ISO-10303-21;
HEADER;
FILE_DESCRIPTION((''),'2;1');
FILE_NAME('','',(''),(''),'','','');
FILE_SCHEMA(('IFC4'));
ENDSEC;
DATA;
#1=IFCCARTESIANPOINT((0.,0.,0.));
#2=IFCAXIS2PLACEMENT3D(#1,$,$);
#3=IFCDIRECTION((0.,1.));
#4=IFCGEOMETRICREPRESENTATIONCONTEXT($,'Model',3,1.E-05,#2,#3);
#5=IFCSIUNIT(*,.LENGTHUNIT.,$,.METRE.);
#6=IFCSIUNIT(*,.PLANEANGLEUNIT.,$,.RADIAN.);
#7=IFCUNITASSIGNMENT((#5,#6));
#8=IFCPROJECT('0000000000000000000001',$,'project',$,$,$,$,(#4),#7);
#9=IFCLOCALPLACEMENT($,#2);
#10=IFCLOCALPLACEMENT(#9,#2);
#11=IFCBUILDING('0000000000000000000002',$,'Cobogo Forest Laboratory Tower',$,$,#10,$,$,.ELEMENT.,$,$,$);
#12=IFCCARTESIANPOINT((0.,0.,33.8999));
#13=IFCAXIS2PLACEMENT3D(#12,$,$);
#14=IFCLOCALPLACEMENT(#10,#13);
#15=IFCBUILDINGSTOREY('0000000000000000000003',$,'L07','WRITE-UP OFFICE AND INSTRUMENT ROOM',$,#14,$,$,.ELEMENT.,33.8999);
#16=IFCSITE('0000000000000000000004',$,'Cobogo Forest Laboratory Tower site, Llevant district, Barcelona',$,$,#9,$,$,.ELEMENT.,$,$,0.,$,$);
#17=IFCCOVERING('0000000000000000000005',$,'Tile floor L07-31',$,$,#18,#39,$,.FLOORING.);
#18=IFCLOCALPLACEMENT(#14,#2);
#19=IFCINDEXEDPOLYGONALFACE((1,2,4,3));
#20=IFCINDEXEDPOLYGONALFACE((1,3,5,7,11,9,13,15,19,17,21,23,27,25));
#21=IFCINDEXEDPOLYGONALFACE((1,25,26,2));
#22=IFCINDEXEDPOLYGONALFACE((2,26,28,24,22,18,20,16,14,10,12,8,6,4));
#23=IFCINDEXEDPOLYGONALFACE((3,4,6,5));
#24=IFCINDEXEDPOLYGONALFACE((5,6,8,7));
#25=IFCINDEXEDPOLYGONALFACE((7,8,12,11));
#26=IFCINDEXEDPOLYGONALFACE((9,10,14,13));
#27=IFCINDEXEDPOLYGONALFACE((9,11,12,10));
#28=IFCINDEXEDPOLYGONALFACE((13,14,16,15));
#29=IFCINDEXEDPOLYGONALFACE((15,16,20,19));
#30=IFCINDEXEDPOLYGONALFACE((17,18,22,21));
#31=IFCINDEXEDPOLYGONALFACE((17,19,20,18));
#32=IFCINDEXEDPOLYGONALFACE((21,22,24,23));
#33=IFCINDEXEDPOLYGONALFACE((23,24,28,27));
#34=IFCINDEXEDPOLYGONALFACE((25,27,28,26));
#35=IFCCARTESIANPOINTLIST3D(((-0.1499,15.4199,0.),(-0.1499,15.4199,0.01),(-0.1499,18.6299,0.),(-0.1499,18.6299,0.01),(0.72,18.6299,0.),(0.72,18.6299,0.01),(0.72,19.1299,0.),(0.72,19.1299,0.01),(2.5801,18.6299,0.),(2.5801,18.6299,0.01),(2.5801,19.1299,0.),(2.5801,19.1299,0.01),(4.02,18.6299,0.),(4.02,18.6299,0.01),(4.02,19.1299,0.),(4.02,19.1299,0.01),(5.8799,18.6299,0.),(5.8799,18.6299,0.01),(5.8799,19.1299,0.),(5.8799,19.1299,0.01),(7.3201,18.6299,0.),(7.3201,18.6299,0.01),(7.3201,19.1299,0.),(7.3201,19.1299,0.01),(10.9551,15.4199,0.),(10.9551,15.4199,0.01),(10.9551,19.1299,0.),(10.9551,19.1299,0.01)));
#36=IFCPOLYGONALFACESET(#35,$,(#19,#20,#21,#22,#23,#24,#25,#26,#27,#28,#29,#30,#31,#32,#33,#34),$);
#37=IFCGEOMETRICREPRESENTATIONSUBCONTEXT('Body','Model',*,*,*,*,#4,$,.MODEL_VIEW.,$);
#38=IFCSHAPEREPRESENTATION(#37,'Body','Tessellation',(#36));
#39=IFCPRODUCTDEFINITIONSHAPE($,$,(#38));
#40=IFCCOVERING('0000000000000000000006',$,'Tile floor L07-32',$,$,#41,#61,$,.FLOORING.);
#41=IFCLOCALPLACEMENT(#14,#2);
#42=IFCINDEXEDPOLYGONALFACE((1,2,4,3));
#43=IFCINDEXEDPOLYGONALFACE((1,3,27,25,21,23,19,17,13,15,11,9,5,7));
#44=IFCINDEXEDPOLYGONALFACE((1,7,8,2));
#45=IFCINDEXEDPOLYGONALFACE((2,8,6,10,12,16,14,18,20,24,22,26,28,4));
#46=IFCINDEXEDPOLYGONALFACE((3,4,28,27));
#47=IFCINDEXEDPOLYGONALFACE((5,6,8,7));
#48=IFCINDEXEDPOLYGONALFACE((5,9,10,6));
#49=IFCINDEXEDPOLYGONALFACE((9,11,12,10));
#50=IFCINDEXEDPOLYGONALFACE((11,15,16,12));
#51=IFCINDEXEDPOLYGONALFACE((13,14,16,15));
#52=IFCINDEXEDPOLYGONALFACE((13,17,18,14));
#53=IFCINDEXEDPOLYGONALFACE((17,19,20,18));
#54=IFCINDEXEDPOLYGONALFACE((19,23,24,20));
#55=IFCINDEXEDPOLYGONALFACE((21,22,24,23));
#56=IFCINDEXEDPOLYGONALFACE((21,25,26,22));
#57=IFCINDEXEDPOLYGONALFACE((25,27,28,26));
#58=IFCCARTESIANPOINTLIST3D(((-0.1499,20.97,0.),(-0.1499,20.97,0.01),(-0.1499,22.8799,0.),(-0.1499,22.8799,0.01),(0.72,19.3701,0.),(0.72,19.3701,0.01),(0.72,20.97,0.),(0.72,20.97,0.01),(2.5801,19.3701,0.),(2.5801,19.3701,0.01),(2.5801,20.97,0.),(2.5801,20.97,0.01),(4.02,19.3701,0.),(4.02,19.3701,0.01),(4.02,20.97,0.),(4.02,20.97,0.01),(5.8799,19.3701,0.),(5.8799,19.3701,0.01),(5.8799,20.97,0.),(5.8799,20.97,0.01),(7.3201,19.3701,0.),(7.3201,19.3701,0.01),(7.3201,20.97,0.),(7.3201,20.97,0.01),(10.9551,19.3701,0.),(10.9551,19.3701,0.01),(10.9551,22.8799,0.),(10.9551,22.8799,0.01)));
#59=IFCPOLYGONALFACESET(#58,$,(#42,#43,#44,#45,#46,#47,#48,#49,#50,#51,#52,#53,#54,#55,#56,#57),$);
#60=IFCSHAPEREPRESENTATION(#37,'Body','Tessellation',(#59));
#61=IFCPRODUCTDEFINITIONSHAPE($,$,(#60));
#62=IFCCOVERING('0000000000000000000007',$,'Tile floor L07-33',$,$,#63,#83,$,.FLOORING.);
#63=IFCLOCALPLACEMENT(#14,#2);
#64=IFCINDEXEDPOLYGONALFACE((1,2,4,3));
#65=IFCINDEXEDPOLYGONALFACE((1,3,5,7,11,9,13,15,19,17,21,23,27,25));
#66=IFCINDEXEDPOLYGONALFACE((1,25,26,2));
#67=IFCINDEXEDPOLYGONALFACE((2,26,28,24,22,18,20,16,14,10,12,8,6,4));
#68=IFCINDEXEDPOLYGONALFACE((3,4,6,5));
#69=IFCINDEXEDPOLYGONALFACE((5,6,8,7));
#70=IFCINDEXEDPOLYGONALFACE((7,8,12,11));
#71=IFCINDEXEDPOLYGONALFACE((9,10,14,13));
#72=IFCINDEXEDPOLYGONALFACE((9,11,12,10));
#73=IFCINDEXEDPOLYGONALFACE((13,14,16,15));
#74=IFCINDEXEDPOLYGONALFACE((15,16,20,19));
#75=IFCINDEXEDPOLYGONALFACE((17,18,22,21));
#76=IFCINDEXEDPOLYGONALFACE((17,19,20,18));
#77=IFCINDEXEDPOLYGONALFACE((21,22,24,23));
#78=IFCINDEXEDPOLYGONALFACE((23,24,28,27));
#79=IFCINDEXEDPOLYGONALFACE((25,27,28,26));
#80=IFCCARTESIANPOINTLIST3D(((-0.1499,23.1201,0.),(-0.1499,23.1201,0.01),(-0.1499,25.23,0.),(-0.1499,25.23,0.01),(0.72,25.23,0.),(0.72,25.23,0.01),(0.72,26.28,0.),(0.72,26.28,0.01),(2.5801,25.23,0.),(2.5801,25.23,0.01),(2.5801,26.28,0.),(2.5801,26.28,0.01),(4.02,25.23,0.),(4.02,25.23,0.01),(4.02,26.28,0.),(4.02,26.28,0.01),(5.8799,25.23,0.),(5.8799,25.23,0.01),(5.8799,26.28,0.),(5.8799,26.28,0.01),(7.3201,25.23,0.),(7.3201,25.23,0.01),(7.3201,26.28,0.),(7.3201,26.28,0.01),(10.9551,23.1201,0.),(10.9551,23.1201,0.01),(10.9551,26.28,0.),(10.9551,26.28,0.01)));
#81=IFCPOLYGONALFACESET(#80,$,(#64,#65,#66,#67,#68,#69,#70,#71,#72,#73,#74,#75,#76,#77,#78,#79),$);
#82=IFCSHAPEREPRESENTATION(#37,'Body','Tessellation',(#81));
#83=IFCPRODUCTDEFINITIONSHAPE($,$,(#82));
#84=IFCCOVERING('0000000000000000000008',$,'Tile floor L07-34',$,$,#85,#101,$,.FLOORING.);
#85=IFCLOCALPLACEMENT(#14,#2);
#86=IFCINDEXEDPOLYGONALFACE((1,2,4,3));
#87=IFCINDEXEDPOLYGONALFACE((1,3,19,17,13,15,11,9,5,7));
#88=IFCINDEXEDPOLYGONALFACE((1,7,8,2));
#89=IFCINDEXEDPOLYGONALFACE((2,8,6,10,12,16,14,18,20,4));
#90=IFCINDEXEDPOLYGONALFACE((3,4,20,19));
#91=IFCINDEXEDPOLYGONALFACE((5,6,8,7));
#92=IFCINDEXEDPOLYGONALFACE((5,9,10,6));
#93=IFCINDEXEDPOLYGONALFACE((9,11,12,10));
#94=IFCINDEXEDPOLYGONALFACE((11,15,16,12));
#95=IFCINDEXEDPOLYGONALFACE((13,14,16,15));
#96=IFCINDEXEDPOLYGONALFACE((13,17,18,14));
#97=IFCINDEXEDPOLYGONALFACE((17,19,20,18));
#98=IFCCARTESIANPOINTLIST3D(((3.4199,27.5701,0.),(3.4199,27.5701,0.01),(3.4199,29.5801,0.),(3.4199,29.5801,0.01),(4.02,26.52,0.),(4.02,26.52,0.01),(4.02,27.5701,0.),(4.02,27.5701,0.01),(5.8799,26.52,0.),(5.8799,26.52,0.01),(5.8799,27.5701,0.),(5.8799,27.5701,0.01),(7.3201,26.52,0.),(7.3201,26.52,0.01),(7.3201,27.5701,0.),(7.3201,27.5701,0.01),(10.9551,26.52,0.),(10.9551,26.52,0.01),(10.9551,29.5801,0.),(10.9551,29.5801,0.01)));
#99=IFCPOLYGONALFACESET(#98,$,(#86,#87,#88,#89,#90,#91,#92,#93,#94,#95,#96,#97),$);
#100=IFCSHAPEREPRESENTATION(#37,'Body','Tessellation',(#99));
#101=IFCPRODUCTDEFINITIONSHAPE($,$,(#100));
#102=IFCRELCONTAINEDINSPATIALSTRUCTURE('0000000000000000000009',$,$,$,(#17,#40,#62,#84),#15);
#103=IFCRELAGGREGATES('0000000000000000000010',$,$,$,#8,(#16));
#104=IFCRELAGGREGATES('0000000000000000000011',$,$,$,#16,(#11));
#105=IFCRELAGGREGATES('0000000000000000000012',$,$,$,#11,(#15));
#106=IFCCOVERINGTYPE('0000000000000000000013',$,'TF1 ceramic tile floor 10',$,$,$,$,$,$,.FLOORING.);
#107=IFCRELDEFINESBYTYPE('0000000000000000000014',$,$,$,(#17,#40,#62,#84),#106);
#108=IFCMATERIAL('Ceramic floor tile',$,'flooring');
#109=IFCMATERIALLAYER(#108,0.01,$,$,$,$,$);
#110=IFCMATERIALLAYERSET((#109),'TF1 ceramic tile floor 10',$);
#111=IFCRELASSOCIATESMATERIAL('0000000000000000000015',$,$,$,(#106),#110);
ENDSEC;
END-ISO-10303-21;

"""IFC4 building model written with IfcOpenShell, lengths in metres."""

from ifc_helpers import new_model, si_unit, direction, frame, origin, place, context, subcontext, project, spatial, polyline, outline, extrude, material, layer, layer_set, type_object, element, save


model = new_model("IFC4")

# Units and contexts
model_context = context("Model", 3, precision=1e-05, world=origin(), true_north=direction((0.0, 1.0)))
body_context = subcontext(model_context, "Body", "Model", "MODEL_VIEW")
ifc_project = project(units=[si_unit("LENGTHUNIT", "METRE"), si_unit("PLANEANGLEUNIT", "RADIAN")], contexts=[model_context])

# Site, building, storey
site_placement = place(None, origin())
site = spatial("IfcSite", under=ifc_project, at=site_placement, Name="Cobogo Forest Laboratory Tower site, Llevant district, Barcelona", CompositionType="ELEMENT", RefElevation=0.0)
building_placement = place(site_placement, origin())
building = spatial("IfcBuilding", under=site, at=building_placement, Name="Cobogo Forest Laboratory Tower", CompositionType="ELEMENT")
storey_placement = place(building_placement, frame((0.0, 0.0, 33.8999)))
storey = spatial("IfcBuildingStorey", under=building, at=storey_placement, Name="L07", Description="WRITE-UP OFFICE AND INSTRUMENT ROOM", CompositionType="ELEMENT", Elevation=33.8999)

# Coverings
ifc_material_1 = material(Name="Ceramic floor tile", Category="flooring")
ifc_layer_1 = layer(ifc_material_1, 0.01)
ifc_layer_set_1 = layer_set([ifc_layer_1], Name="TF1 ceramic tile floor 10")
covering_type_1 = type_object("IfcCoveringType", Name="TF1 ceramic tile floor 10", PredefinedType="FLOORING", material=ifc_layer_set_1)
covering_1_placement = place(storey_placement, origin())
element("IfcCovering", 1, at=covering_1_placement, inside=storey, type_object=covering_type_1, Name="Tile floor L07-31", PredefinedType="FLOORING", context=body_context, shape_type="SweptSolid", body=[
    extrude(outline(polyline([(10.9551, 15.4199), (-0.1499, 15.4199), (-0.1499, 18.6299), (0.72, 18.6299), (0.72, 19.1299), (2.5801, 19.1299), (2.5801, 18.6299), (4.02, 18.6299), (4.02, 19.1299), (5.8799, 19.1299), (5.8799, 18.6299), (7.3201, 18.6299), (7.3201, 19.1299), (10.9551, 19.1299), (10.9551, 15.4199)])), origin(), (0.0, 0.0, 1.0), 0.01),
])
covering_2_placement = place(storey_placement, origin())
element("IfcCovering", 2, at=covering_2_placement, inside=storey, type_object=covering_type_1, Name="Tile floor L07-32", PredefinedType="FLOORING", context=body_context, shape_type="SweptSolid", body=[
    extrude(outline(polyline([(10.9551, 19.3701), (7.3201, 19.3701), (7.3201, 20.97), (5.8799, 20.97), (5.8799, 19.3701), (4.02, 19.3701), (4.02, 20.97), (2.5801, 20.97), (2.5801, 19.3701), (0.72, 19.3701), (0.72, 20.97), (-0.1499, 20.97), (-0.1499, 22.8799), (10.9551, 22.8799), (10.9551, 19.3701)])), origin(), (0.0, 0.0, 1.0), 0.01),
])
covering_3_placement = place(storey_placement, origin())
element("IfcCovering", 3, at=covering_3_placement, inside=storey, type_object=covering_type_1, Name="Tile floor L07-33", PredefinedType="FLOORING", context=body_context, shape_type="SweptSolid", body=[
    extrude(outline(polyline([(10.9551, 23.1201), (-0.1499, 23.1201), (-0.1499, 25.23), (0.72, 25.23), (0.72, 26.28), (2.5801, 26.28), (2.5801, 25.23), (4.02, 25.23), (4.02, 26.28), (5.8799, 26.28), (5.8799, 25.23), (7.3201, 25.23), (7.3201, 26.28), (10.9551, 26.28), (10.9551, 23.1201)])), origin(), (0.0, 0.0, 1.0), 0.01),
])
covering_4_placement = place(storey_placement, origin())
element("IfcCovering", 4, at=covering_4_placement, inside=storey, type_object=covering_type_1, Name="Tile floor L07-34", PredefinedType="FLOORING", context=body_context, shape_type="SweptSolid", body=[
    extrude(outline(polyline([(3.4199, 29.5801), (10.9551, 29.5801), (10.9551, 26.52), (7.3201, 26.52), (7.3201, 27.5701), (5.8799, 27.5701), (5.8799, 26.52), (4.02, 26.52), (4.02, 27.5701), (3.4199, 27.5701), (3.4199, 29.5801)])), origin(), (0.0, 0.0, 1.0), 0.01),
])

save(model, "model.ifc")
